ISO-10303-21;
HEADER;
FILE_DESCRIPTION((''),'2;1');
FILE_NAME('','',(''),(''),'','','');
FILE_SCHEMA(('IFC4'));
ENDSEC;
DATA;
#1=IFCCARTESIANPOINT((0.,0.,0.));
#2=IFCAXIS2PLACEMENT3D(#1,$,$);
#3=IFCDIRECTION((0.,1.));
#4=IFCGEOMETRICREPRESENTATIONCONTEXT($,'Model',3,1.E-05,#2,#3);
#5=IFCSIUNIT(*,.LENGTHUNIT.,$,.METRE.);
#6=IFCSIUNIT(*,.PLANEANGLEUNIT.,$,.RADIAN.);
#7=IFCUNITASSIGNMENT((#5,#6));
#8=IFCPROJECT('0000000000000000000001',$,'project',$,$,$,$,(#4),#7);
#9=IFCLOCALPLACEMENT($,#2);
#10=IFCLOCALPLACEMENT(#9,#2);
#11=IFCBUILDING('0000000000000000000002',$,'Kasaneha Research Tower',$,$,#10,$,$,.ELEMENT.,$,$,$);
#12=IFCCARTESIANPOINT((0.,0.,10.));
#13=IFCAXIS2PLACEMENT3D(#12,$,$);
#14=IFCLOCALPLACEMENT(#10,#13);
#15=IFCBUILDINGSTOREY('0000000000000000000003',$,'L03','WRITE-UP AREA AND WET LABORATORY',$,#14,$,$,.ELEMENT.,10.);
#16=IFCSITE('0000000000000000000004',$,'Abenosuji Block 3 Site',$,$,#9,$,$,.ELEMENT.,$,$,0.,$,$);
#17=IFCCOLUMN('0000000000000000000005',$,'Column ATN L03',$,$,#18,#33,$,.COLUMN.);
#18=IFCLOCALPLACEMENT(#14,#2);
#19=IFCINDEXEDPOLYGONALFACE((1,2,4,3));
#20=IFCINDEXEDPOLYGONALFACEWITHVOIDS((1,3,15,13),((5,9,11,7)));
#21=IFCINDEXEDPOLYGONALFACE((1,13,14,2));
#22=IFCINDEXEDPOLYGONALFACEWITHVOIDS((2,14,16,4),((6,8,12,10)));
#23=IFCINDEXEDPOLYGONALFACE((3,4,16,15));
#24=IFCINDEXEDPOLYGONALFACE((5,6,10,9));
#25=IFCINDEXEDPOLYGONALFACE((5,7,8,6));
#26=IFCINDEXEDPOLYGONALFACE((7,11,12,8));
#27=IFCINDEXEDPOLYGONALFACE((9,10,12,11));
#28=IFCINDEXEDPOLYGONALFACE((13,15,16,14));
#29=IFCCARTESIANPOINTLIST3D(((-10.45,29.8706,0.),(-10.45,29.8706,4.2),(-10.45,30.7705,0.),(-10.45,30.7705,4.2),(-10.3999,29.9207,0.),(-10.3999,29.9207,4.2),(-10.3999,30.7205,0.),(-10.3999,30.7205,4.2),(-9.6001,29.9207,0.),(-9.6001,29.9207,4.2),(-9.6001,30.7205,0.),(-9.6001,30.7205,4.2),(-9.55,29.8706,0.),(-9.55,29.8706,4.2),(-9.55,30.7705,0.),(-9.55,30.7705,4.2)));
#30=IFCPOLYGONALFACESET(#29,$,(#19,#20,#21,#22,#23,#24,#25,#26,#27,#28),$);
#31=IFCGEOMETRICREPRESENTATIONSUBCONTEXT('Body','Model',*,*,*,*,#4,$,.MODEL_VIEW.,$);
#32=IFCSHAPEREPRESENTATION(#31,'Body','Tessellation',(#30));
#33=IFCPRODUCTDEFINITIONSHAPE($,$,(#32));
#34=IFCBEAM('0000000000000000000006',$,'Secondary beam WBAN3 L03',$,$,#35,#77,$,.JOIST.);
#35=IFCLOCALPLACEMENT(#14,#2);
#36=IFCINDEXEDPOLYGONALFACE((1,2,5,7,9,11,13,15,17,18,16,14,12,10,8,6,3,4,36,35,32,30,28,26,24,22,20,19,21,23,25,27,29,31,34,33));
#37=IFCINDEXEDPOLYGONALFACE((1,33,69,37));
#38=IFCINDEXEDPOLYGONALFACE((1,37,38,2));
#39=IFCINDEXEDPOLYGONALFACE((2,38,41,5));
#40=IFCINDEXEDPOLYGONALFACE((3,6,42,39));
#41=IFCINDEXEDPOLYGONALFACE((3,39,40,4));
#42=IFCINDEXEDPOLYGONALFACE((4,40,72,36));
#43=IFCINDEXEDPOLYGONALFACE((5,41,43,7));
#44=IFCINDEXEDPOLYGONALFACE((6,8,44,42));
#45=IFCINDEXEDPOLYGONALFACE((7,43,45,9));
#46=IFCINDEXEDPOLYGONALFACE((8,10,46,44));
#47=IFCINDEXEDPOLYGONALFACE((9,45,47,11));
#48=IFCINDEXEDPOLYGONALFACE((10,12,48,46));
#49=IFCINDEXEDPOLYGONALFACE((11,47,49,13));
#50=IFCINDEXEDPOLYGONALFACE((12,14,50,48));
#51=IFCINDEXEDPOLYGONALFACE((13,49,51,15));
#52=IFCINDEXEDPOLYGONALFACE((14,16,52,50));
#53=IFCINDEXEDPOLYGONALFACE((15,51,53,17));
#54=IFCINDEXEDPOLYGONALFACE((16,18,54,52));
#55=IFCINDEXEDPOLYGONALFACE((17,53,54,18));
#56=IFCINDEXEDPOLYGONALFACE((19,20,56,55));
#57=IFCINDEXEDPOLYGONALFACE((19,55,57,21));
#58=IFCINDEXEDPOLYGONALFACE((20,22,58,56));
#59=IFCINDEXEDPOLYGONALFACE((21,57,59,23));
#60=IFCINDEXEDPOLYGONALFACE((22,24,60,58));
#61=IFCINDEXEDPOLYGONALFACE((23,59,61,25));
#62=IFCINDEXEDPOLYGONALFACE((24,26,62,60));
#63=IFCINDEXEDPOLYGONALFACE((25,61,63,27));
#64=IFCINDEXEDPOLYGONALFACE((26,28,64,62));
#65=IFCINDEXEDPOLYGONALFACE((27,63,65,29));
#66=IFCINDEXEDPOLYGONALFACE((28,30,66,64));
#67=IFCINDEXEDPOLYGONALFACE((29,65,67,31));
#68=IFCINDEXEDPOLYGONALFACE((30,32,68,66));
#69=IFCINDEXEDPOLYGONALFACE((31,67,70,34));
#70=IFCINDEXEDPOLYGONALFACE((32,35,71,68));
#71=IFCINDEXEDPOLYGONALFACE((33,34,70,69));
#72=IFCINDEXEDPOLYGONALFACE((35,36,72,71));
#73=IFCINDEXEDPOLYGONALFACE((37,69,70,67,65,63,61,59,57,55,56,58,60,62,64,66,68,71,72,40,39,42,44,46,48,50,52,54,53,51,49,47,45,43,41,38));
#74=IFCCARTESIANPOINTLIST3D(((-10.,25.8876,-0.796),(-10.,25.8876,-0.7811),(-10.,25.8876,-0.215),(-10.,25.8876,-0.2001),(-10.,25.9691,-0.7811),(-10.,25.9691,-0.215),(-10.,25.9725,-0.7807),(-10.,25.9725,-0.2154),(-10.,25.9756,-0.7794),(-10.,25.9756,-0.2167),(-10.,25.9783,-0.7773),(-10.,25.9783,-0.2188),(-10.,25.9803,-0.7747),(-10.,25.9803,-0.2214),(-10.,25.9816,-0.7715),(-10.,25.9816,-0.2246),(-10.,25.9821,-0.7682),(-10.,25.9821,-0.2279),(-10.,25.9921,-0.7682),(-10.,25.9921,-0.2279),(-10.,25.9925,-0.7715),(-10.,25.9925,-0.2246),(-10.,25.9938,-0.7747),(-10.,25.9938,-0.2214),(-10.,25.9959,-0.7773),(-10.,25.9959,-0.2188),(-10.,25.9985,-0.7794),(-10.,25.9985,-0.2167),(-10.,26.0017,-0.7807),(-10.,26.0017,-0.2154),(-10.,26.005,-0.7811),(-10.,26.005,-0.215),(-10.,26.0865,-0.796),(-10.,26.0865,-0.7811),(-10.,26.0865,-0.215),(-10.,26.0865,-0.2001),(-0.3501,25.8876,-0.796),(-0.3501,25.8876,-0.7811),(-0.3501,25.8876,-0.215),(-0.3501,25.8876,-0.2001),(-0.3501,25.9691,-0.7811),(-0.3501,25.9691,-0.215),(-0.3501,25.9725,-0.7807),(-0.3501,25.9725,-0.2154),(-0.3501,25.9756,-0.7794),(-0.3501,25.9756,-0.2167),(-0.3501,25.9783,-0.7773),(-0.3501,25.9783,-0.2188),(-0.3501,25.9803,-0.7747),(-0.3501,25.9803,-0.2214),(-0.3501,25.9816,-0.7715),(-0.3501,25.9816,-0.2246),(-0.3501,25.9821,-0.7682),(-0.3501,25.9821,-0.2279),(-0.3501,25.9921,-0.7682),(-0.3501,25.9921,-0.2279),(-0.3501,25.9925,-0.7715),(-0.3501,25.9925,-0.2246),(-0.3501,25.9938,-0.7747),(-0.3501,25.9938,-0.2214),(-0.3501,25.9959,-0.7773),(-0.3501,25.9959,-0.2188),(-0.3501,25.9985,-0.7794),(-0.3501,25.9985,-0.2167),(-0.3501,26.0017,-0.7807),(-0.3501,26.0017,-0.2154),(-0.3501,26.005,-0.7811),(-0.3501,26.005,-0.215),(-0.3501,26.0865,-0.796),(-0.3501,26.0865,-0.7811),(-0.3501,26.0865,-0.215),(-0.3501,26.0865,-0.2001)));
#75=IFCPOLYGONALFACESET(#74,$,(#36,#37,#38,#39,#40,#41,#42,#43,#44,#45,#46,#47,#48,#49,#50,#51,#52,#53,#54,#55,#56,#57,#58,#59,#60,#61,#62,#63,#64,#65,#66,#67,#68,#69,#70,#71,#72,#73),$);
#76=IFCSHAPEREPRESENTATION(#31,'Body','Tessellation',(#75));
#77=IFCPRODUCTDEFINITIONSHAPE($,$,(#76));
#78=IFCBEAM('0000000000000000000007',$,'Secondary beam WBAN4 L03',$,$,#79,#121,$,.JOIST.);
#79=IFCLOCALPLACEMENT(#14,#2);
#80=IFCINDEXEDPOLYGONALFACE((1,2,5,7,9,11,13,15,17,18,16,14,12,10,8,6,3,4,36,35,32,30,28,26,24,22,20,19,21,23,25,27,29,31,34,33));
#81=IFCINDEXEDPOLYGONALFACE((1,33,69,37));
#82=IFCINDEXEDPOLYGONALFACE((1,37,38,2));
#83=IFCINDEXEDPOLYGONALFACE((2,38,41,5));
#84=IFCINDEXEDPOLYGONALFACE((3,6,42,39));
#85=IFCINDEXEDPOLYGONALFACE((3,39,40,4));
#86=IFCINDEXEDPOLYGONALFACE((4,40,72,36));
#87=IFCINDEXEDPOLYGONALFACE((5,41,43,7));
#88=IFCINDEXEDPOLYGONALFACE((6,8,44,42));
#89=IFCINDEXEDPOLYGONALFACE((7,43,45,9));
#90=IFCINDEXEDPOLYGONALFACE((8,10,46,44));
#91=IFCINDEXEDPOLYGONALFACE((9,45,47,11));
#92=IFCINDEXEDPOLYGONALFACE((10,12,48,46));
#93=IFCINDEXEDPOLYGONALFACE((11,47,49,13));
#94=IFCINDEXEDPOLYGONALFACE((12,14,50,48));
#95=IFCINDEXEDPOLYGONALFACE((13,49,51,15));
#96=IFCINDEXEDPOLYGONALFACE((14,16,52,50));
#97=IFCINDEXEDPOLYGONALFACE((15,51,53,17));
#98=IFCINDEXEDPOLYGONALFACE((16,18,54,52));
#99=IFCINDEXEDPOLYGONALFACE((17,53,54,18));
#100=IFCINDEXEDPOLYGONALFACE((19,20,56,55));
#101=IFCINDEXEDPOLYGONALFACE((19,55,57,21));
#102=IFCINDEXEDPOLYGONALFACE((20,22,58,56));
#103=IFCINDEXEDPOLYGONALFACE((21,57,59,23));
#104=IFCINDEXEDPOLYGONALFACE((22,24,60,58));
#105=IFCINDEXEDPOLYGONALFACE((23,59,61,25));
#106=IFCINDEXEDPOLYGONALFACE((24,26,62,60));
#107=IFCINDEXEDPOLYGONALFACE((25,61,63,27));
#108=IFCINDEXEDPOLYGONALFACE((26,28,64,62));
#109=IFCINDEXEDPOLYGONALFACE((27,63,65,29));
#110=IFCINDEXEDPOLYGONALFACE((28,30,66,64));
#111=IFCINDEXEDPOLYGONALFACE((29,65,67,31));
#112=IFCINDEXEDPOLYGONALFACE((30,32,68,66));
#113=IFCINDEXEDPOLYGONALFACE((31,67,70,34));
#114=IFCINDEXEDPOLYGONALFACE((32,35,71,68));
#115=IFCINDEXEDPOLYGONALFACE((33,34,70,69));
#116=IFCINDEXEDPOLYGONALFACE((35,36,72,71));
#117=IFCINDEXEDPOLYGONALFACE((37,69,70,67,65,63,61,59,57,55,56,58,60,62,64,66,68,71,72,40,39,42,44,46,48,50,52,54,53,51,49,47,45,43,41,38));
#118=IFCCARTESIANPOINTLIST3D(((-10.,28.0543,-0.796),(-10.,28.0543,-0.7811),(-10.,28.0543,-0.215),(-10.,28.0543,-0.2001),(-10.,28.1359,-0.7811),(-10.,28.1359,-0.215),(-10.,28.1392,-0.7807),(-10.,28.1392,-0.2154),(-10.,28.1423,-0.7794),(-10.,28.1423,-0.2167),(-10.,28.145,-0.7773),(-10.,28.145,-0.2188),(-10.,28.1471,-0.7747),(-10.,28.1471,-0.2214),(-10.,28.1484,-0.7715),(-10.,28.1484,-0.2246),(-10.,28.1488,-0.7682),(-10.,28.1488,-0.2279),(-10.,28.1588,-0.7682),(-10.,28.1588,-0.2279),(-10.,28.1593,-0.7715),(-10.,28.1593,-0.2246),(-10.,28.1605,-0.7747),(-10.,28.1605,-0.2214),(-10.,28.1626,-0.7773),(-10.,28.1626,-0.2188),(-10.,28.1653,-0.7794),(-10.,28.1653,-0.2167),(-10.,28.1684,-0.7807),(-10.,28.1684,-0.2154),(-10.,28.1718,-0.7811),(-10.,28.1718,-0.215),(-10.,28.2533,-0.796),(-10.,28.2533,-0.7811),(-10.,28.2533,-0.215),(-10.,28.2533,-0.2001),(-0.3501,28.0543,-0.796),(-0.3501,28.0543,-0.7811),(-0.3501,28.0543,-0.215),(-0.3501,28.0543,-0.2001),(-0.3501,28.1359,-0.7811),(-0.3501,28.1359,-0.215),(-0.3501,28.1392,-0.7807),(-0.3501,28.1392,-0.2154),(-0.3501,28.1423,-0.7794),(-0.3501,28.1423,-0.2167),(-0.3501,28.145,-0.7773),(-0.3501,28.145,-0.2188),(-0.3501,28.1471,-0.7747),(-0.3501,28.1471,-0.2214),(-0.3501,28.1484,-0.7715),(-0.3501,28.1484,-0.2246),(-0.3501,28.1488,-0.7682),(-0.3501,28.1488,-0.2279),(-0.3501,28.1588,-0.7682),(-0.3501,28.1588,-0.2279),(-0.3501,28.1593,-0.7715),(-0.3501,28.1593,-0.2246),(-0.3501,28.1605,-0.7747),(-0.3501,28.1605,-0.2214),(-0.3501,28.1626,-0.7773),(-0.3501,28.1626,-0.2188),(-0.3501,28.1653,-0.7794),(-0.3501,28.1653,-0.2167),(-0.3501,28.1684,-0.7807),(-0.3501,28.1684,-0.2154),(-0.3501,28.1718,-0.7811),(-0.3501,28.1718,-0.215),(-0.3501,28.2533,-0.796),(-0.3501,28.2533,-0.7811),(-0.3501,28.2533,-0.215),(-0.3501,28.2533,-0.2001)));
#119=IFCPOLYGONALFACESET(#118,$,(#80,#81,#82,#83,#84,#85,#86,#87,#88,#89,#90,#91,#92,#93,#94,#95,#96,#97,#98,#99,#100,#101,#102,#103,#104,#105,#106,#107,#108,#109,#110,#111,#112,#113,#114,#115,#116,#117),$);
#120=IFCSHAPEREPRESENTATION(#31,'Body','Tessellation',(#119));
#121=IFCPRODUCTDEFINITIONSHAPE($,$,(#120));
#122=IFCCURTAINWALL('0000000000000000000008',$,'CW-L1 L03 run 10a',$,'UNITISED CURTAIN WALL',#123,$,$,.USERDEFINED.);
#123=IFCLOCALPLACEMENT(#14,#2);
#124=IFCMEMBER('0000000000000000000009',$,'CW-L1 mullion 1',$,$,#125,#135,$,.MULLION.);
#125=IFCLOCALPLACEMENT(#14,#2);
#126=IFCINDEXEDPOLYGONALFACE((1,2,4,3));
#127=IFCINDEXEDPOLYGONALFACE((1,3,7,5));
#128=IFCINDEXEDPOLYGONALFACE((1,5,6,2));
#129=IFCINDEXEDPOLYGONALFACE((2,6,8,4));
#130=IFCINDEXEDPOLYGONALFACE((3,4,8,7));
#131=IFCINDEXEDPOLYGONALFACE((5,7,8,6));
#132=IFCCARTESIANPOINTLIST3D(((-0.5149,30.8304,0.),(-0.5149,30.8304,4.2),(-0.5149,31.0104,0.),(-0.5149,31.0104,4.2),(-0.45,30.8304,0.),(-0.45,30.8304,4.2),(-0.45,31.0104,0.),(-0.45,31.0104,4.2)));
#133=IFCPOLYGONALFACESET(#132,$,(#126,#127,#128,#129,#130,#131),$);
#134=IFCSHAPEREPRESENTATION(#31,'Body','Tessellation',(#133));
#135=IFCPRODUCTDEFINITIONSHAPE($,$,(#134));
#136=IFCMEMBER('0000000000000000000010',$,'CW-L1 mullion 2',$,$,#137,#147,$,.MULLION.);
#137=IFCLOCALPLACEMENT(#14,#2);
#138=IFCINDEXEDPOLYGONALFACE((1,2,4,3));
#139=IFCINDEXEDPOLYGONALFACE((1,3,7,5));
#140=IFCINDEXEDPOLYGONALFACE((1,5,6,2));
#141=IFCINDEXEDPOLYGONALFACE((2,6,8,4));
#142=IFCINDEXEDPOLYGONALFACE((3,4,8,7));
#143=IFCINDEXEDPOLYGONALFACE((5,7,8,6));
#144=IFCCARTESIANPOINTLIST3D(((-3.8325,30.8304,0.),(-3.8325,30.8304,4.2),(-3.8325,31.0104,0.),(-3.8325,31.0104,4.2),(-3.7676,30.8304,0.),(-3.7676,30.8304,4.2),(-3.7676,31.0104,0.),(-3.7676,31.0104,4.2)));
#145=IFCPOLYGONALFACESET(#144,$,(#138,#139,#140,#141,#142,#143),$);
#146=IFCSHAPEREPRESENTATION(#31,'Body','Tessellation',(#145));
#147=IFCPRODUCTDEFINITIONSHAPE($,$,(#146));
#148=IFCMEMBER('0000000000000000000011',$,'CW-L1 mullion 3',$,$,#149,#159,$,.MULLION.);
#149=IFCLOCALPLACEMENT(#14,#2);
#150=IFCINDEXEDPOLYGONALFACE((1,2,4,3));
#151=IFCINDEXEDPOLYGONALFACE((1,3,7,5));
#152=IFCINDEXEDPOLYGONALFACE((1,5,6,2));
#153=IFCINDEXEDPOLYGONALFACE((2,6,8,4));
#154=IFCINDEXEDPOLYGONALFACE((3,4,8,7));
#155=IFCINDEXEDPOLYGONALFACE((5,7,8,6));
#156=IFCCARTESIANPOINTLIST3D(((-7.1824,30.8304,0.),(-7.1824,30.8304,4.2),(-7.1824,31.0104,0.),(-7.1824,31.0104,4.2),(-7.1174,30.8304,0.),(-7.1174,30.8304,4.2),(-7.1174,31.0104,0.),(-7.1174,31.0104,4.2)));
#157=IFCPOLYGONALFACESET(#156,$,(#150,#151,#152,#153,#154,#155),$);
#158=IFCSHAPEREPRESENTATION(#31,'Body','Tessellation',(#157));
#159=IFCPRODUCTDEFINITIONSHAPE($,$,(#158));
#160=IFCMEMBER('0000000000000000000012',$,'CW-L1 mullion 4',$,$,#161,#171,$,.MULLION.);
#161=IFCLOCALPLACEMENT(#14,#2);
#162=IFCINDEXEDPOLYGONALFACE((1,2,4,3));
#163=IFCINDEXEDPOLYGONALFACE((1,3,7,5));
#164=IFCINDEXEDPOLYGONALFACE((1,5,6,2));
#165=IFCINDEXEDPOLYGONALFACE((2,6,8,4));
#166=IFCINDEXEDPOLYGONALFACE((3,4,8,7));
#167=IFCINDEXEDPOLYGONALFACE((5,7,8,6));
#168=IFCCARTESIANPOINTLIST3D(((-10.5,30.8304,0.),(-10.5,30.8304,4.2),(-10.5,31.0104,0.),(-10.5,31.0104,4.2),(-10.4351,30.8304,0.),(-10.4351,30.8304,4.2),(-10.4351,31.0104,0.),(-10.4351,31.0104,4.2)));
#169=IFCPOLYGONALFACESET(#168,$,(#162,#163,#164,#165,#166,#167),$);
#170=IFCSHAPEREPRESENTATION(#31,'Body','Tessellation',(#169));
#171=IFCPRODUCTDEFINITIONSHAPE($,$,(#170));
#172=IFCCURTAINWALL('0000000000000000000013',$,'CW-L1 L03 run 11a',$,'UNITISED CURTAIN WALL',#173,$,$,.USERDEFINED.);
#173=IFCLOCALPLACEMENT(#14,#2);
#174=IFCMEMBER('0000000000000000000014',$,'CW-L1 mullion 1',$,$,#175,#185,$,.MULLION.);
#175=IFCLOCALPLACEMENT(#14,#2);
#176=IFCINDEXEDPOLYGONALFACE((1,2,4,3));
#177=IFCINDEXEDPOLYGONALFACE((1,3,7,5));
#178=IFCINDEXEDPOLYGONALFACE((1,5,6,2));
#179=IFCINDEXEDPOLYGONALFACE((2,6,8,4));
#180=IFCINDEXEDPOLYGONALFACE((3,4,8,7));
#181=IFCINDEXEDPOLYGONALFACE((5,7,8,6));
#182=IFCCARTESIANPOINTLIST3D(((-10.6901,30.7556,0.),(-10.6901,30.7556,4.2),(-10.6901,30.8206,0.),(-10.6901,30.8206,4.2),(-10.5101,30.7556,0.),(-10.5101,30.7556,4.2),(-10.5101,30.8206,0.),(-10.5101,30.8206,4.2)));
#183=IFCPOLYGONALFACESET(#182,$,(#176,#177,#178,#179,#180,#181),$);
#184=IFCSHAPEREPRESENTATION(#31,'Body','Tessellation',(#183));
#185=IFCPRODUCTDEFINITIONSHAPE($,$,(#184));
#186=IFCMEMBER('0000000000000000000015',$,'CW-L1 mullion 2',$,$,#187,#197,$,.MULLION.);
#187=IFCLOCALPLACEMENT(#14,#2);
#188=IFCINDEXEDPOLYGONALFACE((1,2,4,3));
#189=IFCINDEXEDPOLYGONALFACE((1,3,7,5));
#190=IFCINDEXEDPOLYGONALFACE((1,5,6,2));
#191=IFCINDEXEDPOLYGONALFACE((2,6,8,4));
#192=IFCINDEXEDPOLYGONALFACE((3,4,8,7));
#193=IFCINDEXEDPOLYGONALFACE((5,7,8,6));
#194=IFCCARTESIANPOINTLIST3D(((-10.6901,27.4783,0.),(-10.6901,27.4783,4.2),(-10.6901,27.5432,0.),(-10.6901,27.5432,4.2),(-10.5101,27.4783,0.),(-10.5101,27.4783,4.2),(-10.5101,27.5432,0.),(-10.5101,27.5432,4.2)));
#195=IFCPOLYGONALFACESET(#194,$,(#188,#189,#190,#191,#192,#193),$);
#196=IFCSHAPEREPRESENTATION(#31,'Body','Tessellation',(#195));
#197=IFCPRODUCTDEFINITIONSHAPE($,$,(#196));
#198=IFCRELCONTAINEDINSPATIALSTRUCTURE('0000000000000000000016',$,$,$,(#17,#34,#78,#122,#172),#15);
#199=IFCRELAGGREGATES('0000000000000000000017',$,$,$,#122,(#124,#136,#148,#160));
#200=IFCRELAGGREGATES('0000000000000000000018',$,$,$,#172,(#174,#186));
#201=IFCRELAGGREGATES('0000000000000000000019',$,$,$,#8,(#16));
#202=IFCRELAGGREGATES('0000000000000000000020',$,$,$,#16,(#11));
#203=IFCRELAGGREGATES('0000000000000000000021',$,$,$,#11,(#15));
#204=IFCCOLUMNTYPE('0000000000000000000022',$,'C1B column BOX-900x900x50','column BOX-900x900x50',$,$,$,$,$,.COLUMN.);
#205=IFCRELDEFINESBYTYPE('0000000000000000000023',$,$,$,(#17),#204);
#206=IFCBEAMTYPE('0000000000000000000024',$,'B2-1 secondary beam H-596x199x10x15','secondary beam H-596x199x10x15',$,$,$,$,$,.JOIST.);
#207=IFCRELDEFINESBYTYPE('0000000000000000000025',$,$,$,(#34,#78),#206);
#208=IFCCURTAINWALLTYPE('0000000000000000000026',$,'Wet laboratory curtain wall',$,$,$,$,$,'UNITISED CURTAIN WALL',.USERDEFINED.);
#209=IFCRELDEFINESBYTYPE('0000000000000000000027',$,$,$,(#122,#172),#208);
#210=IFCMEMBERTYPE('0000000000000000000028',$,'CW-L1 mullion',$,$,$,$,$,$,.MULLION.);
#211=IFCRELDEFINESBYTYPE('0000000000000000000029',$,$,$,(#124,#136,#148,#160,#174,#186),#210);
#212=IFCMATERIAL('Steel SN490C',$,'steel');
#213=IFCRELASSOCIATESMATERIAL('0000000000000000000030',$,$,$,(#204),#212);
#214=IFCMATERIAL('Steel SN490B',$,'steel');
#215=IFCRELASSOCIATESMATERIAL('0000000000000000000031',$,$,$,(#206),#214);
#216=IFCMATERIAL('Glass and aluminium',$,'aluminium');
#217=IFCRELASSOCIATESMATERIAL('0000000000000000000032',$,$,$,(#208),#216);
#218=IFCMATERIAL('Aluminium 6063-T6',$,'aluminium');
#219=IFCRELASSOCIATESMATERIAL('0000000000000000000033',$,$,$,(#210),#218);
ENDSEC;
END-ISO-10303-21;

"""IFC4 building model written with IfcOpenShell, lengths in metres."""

from ifc_helpers import new_model, si_unit, direction, frame, origin, origin_2d, place, context, subcontext, project, spatial, rectangle, hollow_rectangle, i_section, extrude, material, material_profile, profile_set, type_object, element, aggregate, save


model = new_model("IFC4")

# Units and contexts
model_context = context("Model", 3, precision=1e-05, world=origin(), true_north=direction((0.0, 1.0)))
body_context = subcontext(model_context, "Body", "Model", "MODEL_VIEW")
ifc_project = project(units=[si_unit("LENGTHUNIT", "METRE"), si_unit("PLANEANGLEUNIT", "RADIAN")], contexts=[model_context])

# Site, building, storey
site_placement = place(None, origin())
site = spatial("IfcSite", under=ifc_project, at=site_placement, Name="Abenosuji Block 3 Site", CompositionType="ELEMENT", RefElevation=0.0)
building_placement = place(site_placement, origin())
building = spatial("IfcBuilding", under=site, at=building_placement, Name="Kasaneha Research Tower", CompositionType="ELEMENT")
storey_placement = place(building_placement, frame((0.0, 0.0, 10.0)))
storey = spatial("IfcBuildingStorey", under=building, at=storey_placement, Name="L03", Description="WRITE-UP AREA AND WET LABORATORY", CompositionType="ELEMENT", Elevation=10.0)

# Column
ifc_material_1 = material(Name="Steel SN490C", Category="steel")
ifc_material_profile_1 = material_profile(ifc_material_1, hollow_rectangle(XDim=0.8999, YDim=0.8999, WallThickness=0.05, at=origin_2d()), Name="BOX-900x900x50")
ifc_profile_set_1 = profile_set([ifc_material_profile_1], Name="Steel SN490C")
column_type = type_object("IfcColumnType", Name="C1B column BOX-900x900x50", Description="column BOX-900x900x50", PredefinedType="COLUMN", material=ifc_profile_set_1)
column_placement = place(storey_placement, frame((-10.0, 30.3206, 0.0), z_axis=(0.0, 0.0, 1.0), x_axis=(1.0, 0.0, 0.0)))
element("IfcColumn", 1, at=column_placement, inside=storey, type_object=column_type, Name="Column ATN L03", PredefinedType="COLUMN", context=body_context, shape_type="SweptSolid", body=[
    extrude(hollow_rectangle(XDim=0.8999, YDim=0.8999, WallThickness=0.05, at=origin_2d()), origin(), (0.0, 0.0, 1.0), 4.2),
])

# Beams
ifc_material_2 = material(Name="Steel SN490B", Category="steel")
ifc_material_profile_2 = material_profile(ifc_material_2, i_section(OverallWidth=0.199, OverallDepth=0.5959, WebThickness=0.01, FlangeThickness=0.0149, FilletRadius=0.0129, at=origin_2d()), Name="H-596x199x10x15")
ifc_profile_set_2 = profile_set([ifc_material_profile_2], Name="Steel SN490B")
beam_type_1 = type_object("IfcBeamType", Name="B2-1 secondary beam H-596x199x10x15", Description="secondary beam H-596x199x10x15", PredefinedType="JOIST", material=ifc_profile_set_2)
for number, where, z_axis, x_axis, name in (
    (2, (-10.0, 25.9871, -0.498), (1.0, 0.0, 0.0), (0.0, 1.0, 0.0), "Secondary beam WBAN3 L03"),
    (3, (-10.0, 28.1538, -0.498), (1.0, 0.0, 0.0), (0.0, 1.0, 0.0), "Secondary beam WBAN4 L03"),
):
    element("IfcBeam", number, at=place(storey_placement, frame(where, z_axis=z_axis, x_axis=x_axis)), inside=storey, type_object=beam_type_1, Name=name, PredefinedType="JOIST", context=body_context, shape_type="SweptSolid", body=[
        extrude(i_section(OverallWidth=0.199, OverallDepth=0.5959, WebThickness=0.01, FlangeThickness=0.0149, FilletRadius=0.0129, at=origin_2d()), origin(), (0.0, 0.0, 1.0), 9.6499),
    ])

# Curtain walls, members
ifc_material_3 = material(Name="Glass and aluminium", Category="aluminium")
curtain_wall_type = type_object("IfcCurtainWallType", Name="Wet laboratory curtain wall", ElementType="UNITISED CURTAIN WALL", PredefinedType="USERDEFINED", material=ifc_material_3)
curtain_wall_1_placement = place(storey_placement, origin())
curtain_wall_1 = element("IfcCurtainWall", 4, at=curtain_wall_1_placement, inside=storey, type_object=curtain_wall_type, Name="CW-L1 L03 run 10a", ObjectType="UNITISED CURTAIN WALL", PredefinedType="USERDEFINED")
ifc_material_4 = material(Name="Aluminium 6063-T6", Category="aluminium")
ifc_material_profile_3 = material_profile(ifc_material_4, rectangle(XDim=0.0649, YDim=0.1799, at=origin_2d()), Name="CW-L1 mullion 65x180")
ifc_profile_set_3 = profile_set([ifc_material_profile_3], Name="Aluminium 6063-T6")
member_type_1 = type_object("IfcMemberType", Name="CW-L1 mullion", PredefinedType="MULLION", material=ifc_profile_set_3)
member_1_placement = place(storey_placement, frame((-0.4824, 30.9204, 0.0), z_axis=(0.0, 0.0, 1.0), x_axis=(-1.0, 0.0, 0.0)))
member_1 = element("IfcMember", 5, at=member_1_placement, type_object=member_type_1, Name="CW-L1 mullion 1", PredefinedType="MULLION", context=body_context, shape_type="SweptSolid", body=[
    extrude(rectangle(XDim=0.0649, YDim=0.1799, at=origin_2d()), origin(), (0.0, 0.0, 1.0), 4.2),
])
member_2_placement = place(storey_placement, frame((-3.8, 30.9204, 0.0), z_axis=(0.0, 0.0, 1.0), x_axis=(-1.0, 0.0, 0.0)))
member_2 = element("IfcMember", 6, at=member_2_placement, type_object=member_type_1, Name="CW-L1 mullion 2", PredefinedType="MULLION", context=body_context, shape_type="SweptSolid", body=[
    extrude(rectangle(XDim=0.0649, YDim=0.1799, at=origin_2d()), origin(), (0.0, 0.0, 1.0), 4.2),
])
member_3_placement = place(storey_placement, frame((-7.1499, 30.9204, 0.0), z_axis=(0.0, 0.0, 1.0), x_axis=(-1.0, 0.0, 0.0)))
member_3 = element("IfcMember", 7, at=member_3_placement, type_object=member_type_1, Name="CW-L1 mullion 3", PredefinedType="MULLION", context=body_context, shape_type="SweptSolid", body=[
    extrude(rectangle(XDim=0.0649, YDim=0.1799, at=origin_2d()), origin(), (0.0, 0.0, 1.0), 4.2),
])
member_4_placement = place(storey_placement, frame((-10.4675, 30.9204, 0.0), z_axis=(0.0, 0.0, 1.0), x_axis=(-1.0, 0.0, 0.0)))
member_4 = element("IfcMember", 8, at=member_4_placement, type_object=member_type_1, Name="CW-L1 mullion 4", PredefinedType="MULLION", context=body_context, shape_type="SweptSolid", body=[
    extrude(rectangle(XDim=0.0649, YDim=0.1799, at=origin_2d()), origin(), (0.0, 0.0, 1.0), 4.2),
])
curtain_wall_2_placement = place(storey_placement, origin())
curtain_wall_2 = element("IfcCurtainWall", 9, at=curtain_wall_2_placement, inside=storey, type_object=curtain_wall_type, Name="CW-L1 L03 run 11a", ObjectType="UNITISED CURTAIN WALL", PredefinedType="USERDEFINED")
member_5_placement = place(storey_placement, frame((-10.6001, 30.7881, 0.0), z_axis=(0.0, 0.0, 1.0), x_axis=(0.0, -1.0, 0.0)))
member_5 = element("IfcMember", 10, at=member_5_placement, type_object=member_type_1, Name="CW-L1 mullion 1", PredefinedType="MULLION", context=body_context, shape_type="SweptSolid", body=[
    extrude(rectangle(XDim=0.0649, YDim=0.1799, at=origin_2d()), origin(), (0.0, 0.0, 1.0), 4.2),
])
member_6_placement = place(storey_placement, frame((-10.6001, 27.5107, 0.0), z_axis=(0.0, 0.0, 1.0), x_axis=(0.0, -1.0, 0.0)))
member_6 = element("IfcMember", 11, at=member_6_placement, type_object=member_type_1, Name="CW-L1 mullion 2", PredefinedType="MULLION", context=body_context, shape_type="SweptSolid", body=[
    extrude(rectangle(XDim=0.0649, YDim=0.1799, at=origin_2d()), origin(), (0.0, 0.0, 1.0), 4.2),
])

aggregate(curtain_wall_1, [member_1, member_2, member_3, member_4])
aggregate(curtain_wall_2, [member_5, member_6])

save(model, "model.ifc")
